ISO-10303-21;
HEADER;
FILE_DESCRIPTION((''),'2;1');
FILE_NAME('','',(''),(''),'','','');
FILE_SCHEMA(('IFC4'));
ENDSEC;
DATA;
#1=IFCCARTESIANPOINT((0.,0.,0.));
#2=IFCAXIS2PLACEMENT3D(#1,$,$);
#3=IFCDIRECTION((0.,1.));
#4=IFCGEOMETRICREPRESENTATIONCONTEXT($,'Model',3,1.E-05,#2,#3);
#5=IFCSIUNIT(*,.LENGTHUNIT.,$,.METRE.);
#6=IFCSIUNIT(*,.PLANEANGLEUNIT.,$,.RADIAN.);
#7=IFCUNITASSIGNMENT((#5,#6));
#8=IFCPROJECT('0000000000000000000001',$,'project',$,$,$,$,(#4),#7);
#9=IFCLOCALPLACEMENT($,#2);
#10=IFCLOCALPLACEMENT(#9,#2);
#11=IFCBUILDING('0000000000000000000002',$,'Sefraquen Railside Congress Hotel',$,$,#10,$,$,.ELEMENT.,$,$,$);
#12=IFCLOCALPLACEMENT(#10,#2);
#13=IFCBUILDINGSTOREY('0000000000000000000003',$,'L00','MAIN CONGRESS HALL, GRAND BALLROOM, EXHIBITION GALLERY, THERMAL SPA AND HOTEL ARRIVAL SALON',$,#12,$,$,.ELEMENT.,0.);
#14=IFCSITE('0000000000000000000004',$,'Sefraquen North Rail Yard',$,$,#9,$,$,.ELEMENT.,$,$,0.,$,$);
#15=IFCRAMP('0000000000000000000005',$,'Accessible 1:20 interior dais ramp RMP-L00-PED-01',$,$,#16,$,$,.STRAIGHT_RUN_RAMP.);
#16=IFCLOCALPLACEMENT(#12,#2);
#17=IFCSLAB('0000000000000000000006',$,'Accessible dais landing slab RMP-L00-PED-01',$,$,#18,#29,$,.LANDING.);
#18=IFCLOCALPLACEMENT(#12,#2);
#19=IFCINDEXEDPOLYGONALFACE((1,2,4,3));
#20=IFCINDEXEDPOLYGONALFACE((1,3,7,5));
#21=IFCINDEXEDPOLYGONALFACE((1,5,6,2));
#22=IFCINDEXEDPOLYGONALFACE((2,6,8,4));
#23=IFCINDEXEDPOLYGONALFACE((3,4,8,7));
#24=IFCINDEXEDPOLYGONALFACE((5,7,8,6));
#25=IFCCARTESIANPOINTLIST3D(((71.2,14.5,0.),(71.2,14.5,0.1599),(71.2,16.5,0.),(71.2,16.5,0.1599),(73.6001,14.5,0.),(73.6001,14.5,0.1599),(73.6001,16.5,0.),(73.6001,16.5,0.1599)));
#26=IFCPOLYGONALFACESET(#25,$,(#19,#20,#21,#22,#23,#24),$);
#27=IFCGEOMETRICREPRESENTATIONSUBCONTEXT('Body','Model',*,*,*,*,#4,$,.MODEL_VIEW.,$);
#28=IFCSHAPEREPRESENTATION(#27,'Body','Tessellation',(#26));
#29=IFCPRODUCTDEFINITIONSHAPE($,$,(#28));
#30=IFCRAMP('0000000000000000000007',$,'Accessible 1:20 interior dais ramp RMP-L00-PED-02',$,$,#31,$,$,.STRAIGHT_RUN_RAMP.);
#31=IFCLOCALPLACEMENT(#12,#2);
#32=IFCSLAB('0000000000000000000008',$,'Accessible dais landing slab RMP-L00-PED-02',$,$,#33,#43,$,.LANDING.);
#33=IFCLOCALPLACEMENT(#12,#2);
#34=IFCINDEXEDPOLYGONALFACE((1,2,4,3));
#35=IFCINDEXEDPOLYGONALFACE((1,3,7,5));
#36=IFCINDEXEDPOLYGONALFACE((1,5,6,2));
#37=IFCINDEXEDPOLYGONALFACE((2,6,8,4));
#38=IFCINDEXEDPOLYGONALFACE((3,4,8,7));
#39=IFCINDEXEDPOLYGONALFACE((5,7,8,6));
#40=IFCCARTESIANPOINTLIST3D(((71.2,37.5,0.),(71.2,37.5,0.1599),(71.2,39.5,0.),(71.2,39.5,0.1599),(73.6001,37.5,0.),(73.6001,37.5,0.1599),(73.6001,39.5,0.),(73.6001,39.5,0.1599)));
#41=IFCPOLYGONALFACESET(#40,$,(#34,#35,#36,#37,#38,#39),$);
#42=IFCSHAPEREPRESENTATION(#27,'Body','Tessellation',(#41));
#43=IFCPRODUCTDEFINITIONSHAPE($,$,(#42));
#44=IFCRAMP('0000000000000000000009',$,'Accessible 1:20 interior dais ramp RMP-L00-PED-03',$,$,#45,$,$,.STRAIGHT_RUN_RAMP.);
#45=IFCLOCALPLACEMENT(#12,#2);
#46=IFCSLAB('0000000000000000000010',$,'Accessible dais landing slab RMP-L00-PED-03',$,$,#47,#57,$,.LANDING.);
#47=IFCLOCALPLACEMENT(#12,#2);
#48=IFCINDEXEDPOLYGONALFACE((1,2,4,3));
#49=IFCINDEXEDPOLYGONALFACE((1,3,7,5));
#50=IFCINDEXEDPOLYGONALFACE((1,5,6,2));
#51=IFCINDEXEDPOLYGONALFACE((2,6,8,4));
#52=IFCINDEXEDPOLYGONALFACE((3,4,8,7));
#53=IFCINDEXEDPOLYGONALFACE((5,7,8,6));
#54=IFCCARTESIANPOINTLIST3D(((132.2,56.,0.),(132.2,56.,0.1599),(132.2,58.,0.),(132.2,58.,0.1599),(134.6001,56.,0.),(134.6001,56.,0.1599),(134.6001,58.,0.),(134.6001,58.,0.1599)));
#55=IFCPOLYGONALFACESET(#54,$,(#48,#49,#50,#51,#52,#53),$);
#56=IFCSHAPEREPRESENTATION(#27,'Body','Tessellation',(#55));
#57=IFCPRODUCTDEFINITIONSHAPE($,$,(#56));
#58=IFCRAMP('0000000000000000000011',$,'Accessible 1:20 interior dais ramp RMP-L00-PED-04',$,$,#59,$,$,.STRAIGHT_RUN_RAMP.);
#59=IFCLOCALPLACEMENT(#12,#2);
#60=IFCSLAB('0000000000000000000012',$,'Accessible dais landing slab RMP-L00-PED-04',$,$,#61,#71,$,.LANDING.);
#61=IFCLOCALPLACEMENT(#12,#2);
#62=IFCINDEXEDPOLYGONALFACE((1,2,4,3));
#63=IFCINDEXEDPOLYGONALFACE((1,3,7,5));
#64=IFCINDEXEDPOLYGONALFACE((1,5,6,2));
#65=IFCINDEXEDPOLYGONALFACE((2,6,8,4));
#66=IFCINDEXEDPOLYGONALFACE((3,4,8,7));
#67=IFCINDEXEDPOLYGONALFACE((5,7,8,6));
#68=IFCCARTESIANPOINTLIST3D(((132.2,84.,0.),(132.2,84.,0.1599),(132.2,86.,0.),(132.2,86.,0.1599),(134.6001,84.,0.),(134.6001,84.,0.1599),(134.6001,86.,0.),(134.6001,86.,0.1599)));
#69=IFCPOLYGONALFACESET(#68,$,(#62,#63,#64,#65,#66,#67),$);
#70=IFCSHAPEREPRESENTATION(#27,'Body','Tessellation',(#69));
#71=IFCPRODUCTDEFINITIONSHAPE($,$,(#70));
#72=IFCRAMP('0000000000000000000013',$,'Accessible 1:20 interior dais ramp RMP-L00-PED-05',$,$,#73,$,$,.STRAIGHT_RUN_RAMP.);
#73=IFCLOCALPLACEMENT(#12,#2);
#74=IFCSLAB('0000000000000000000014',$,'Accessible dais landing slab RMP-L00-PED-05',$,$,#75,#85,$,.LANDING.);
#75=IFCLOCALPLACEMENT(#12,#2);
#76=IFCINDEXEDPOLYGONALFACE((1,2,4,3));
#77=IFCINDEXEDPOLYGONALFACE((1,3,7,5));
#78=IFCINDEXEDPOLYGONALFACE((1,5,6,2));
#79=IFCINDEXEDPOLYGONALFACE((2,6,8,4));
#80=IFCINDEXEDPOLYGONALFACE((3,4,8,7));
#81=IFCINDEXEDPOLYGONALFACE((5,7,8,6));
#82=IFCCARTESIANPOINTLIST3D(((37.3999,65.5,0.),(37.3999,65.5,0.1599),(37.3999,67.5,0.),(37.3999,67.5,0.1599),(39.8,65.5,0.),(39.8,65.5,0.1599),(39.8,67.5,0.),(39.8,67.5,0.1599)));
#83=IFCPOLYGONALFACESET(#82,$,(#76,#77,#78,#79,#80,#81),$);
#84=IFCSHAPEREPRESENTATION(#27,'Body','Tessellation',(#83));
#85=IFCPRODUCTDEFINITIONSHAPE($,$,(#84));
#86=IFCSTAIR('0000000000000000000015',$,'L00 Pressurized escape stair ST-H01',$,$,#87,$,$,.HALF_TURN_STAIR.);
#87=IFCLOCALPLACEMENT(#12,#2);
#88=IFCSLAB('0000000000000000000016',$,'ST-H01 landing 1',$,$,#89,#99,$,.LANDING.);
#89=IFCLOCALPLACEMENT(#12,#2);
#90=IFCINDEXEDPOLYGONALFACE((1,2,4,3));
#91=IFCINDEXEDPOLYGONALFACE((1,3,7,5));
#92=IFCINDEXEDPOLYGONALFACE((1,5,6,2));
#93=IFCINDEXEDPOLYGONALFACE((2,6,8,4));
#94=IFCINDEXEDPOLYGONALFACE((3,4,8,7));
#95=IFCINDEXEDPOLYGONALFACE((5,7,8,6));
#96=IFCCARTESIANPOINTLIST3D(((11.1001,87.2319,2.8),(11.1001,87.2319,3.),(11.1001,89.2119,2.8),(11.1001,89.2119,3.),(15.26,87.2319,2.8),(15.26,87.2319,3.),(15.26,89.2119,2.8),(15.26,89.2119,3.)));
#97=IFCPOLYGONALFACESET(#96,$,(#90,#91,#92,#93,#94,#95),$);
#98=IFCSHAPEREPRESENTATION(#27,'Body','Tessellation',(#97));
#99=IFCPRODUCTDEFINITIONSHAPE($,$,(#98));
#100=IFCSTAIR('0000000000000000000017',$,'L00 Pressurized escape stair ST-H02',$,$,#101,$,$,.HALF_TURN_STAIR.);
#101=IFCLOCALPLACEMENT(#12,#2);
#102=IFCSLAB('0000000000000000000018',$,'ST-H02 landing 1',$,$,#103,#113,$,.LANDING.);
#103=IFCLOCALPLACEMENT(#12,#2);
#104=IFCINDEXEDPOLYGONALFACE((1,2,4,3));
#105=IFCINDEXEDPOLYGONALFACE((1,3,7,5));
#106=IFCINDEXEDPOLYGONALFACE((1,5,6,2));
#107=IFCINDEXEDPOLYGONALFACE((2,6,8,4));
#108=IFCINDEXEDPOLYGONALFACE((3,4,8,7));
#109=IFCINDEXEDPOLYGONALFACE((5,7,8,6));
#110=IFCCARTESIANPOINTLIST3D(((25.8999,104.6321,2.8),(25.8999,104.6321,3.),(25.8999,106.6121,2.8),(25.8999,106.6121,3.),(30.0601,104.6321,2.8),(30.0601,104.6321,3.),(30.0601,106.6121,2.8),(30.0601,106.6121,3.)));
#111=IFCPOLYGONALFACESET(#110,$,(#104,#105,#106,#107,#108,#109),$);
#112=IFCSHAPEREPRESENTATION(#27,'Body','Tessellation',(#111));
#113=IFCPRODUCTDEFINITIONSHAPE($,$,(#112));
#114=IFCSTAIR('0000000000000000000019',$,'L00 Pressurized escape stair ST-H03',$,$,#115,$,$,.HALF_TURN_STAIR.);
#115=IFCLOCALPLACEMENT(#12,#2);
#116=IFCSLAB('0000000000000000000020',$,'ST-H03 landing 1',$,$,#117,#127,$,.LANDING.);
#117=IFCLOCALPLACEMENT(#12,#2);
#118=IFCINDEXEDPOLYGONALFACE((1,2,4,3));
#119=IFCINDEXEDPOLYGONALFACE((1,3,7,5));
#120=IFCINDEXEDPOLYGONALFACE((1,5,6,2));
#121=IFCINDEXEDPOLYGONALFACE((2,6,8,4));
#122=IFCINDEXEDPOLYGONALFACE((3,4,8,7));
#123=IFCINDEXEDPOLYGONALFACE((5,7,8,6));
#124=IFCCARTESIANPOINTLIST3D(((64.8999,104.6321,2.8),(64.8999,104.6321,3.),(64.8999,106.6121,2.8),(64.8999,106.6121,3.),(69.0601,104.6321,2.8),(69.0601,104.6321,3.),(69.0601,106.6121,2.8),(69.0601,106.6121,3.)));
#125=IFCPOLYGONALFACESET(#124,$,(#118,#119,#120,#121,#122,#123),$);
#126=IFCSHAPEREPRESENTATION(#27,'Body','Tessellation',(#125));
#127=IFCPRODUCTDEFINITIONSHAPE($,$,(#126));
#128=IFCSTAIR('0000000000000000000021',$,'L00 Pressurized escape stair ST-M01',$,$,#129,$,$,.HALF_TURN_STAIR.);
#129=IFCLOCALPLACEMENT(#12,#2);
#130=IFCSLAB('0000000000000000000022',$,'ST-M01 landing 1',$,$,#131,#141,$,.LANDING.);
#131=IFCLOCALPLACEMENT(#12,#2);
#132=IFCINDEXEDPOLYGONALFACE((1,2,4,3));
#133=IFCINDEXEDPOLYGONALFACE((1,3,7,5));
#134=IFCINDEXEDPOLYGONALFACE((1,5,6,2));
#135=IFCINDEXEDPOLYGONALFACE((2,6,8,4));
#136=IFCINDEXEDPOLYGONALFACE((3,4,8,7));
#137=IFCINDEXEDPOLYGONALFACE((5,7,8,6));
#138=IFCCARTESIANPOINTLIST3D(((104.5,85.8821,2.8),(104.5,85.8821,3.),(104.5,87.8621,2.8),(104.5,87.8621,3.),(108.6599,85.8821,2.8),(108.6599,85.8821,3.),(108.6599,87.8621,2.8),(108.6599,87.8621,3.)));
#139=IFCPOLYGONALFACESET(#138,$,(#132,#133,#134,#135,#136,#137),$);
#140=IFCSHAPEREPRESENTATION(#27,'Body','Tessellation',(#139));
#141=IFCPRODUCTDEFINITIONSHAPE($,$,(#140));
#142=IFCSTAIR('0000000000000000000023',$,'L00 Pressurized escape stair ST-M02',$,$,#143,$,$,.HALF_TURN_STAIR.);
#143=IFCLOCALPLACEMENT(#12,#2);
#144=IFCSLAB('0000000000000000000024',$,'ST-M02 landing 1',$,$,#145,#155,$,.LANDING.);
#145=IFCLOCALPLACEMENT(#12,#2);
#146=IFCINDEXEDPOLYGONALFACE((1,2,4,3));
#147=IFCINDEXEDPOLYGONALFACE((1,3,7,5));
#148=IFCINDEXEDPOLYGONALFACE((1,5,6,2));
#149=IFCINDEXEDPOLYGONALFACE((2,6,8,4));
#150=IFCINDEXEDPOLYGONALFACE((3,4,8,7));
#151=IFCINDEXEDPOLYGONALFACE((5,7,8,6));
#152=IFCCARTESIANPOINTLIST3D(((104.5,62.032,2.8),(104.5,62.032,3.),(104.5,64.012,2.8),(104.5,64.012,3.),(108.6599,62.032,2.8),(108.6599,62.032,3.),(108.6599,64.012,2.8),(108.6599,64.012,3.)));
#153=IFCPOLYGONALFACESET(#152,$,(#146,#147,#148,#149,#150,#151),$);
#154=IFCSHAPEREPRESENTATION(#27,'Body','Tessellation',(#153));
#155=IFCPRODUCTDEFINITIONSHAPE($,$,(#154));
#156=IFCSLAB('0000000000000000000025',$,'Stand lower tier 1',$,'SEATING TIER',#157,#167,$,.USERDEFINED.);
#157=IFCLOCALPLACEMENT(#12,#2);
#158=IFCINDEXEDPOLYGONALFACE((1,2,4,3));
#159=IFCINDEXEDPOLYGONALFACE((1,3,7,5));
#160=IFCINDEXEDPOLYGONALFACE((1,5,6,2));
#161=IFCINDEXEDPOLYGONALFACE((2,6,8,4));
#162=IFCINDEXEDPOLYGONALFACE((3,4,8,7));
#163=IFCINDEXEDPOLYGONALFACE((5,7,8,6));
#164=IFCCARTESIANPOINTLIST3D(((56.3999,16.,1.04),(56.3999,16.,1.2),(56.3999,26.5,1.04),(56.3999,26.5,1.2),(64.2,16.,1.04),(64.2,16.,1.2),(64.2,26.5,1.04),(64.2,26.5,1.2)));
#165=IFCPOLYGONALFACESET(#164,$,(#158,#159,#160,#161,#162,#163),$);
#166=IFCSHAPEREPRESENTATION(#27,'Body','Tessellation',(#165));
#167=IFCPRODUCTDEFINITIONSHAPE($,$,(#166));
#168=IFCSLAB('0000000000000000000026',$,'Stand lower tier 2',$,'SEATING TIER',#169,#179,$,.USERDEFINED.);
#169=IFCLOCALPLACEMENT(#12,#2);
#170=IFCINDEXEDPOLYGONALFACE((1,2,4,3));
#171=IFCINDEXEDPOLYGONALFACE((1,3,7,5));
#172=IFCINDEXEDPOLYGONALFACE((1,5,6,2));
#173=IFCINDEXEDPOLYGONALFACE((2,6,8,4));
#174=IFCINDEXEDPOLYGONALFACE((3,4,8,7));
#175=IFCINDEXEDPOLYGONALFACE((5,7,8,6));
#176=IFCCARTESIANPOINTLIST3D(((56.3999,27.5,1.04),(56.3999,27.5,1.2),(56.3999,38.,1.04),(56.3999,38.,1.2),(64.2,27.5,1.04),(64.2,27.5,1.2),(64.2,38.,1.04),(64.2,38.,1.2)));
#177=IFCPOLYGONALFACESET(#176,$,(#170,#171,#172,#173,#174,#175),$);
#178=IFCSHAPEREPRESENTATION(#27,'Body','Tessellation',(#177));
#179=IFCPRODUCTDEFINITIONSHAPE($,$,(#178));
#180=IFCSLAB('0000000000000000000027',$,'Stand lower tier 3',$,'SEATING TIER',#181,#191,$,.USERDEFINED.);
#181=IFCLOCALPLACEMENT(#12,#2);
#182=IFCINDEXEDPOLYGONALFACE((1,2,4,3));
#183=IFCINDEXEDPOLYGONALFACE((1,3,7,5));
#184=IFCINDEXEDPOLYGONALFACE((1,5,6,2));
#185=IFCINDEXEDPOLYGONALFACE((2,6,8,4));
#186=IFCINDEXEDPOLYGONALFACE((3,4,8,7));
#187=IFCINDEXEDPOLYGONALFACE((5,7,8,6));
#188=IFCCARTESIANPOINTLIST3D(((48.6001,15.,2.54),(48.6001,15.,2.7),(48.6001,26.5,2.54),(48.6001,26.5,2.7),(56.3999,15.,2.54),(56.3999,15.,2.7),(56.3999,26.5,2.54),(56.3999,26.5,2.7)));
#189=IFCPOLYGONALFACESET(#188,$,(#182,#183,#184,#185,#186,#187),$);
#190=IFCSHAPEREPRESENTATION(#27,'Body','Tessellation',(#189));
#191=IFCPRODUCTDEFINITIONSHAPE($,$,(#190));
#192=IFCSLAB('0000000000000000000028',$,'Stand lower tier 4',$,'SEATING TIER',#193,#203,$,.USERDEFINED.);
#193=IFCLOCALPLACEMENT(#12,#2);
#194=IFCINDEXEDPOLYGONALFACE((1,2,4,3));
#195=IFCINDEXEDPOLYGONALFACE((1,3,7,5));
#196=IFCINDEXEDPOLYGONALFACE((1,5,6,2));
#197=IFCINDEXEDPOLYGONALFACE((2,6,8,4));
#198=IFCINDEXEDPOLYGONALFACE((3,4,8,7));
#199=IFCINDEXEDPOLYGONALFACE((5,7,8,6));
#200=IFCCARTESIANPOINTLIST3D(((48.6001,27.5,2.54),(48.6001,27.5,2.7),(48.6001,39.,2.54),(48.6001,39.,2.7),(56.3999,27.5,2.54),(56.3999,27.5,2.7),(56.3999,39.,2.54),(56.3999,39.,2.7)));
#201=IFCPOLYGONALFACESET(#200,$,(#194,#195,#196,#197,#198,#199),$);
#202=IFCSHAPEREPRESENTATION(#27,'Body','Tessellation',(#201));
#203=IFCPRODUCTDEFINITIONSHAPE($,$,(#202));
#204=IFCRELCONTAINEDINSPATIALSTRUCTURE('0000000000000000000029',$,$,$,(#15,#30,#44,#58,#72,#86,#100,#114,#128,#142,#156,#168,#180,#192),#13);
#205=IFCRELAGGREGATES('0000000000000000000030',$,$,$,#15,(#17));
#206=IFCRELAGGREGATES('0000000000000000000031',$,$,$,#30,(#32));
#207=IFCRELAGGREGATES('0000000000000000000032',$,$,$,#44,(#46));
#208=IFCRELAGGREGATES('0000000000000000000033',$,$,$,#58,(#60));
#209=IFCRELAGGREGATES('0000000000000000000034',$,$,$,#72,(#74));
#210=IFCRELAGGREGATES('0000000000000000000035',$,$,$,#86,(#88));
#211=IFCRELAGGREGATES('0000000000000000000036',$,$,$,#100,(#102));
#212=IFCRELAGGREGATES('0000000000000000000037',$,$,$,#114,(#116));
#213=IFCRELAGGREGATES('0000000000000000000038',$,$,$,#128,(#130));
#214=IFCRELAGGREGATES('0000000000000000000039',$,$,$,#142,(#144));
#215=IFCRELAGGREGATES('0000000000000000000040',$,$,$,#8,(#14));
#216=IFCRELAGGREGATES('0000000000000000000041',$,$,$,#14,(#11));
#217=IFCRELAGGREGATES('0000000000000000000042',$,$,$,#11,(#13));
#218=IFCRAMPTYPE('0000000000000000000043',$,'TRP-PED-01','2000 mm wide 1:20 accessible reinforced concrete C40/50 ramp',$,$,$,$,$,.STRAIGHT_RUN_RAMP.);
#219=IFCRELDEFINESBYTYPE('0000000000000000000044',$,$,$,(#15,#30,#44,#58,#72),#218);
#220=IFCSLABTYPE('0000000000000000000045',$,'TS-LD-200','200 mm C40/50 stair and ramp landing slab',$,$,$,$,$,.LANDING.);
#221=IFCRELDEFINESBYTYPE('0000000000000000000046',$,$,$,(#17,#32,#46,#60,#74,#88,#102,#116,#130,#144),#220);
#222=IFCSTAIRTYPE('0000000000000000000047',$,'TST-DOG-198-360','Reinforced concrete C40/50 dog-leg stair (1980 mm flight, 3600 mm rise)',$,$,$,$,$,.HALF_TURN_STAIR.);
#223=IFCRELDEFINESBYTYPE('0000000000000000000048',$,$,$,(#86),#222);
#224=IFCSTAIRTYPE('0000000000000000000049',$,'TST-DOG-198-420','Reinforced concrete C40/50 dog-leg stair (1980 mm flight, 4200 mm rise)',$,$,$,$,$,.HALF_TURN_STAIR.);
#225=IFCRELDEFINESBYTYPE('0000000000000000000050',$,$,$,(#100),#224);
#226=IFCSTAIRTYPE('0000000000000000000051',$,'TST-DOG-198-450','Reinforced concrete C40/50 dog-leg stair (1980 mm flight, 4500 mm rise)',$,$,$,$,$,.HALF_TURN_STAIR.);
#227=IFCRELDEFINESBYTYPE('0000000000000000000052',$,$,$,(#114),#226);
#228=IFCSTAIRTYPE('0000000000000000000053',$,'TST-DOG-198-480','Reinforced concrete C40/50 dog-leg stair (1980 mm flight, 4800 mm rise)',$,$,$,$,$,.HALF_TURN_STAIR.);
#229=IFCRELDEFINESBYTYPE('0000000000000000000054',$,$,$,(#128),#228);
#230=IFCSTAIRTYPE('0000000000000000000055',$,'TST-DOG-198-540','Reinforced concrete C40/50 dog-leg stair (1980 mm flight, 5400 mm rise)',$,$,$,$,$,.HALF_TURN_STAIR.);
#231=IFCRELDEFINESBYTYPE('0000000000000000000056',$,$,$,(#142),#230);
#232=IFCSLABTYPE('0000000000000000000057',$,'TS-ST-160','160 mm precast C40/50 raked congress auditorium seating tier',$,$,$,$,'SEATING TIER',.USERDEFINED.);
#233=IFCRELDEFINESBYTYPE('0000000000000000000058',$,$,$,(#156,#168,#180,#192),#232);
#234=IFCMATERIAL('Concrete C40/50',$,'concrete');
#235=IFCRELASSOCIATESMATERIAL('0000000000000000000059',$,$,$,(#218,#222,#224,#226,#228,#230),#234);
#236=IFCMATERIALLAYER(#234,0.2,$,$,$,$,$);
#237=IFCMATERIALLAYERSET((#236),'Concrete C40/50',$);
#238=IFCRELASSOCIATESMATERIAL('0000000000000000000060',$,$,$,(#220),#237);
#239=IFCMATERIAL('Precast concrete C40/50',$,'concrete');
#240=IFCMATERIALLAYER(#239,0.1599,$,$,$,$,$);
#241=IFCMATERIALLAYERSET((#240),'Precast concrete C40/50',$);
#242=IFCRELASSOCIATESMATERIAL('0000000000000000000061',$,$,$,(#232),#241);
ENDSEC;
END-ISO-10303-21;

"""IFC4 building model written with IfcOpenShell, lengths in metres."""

from ifc_helpers import new_model, si_unit, direction, frame, origin, place, context, subcontext, project, spatial, polyline, outline, extrude, material, layer, layer_set, type_object, element, aggregate, save


model = new_model("IFC4")

# Units and contexts
model_context = context("Model", 3, precision=1e-05, world=origin(), true_north=direction((0.0, 1.0)))
body_context = subcontext(model_context, "Body", "Model", "MODEL_VIEW")
ifc_project = project(units=[si_unit("LENGTHUNIT", "METRE"), si_unit("PLANEANGLEUNIT", "RADIAN")], contexts=[model_context])

# Site, building, storey
site_placement = place(None, origin())
site = spatial("IfcSite", under=ifc_project, at=site_placement, Name="Sefraquen North Rail Yard", CompositionType="ELEMENT", RefElevation=0.0)
building_placement = place(site_placement, origin())
building = spatial("IfcBuilding", under=site, at=building_placement, Name="Sefraquen Railside Congress Hotel", CompositionType="ELEMENT")
storey_placement = place(building_placement, origin())
storey = spatial("IfcBuildingStorey", under=building, at=storey_placement, Name="L00", Description="MAIN CONGRESS HALL, GRAND BALLROOM, EXHIBITION GALLERY, THERMAL SPA AND HOTEL ARRIVAL SALON", CompositionType="ELEMENT", Elevation=0.0)

# Shared definitions
ifc_material_1 = material(Name="Concrete C40/50", Category="concrete")

# Ramps, slabs
ramp_type = type_object("IfcRampType", Name="TRP-PED-01", Description="2000 mm wide 1:20 accessible reinforced concrete C40/50 ramp", PredefinedType="STRAIGHT_RUN_RAMP", material=ifc_material_1)
ramp_1_placement = place(storey_placement, origin())
ramp_1 = element("IfcRamp", 1, at=ramp_1_placement, inside=storey, type_object=ramp_type, Name="Accessible 1:20 interior dais ramp RMP-L00-PED-01", PredefinedType="STRAIGHT_RUN_RAMP")
ifc_layer_1 = layer(ifc_material_1, 0.2)
ifc_layer_set_1 = layer_set([ifc_layer_1], Name="Concrete C40/50")
slab_type_1 = type_object("IfcSlabType", Name="TS-LD-200", Description="200 mm C40/50 stair and ramp landing slab", PredefinedType="LANDING", material=ifc_layer_set_1)
slab_1_placement = place(storey_placement, origin())
slab_1 = element("IfcSlab", 2, at=slab_1_placement, type_object=slab_type_1, Name="Accessible dais landing slab RMP-L00-PED-01", PredefinedType="LANDING", context=body_context, shape_type="SweptSolid", body=[
    extrude(outline(polyline([(71.2, 14.5), (73.6001, 14.5), (73.6001, 16.5), (71.2, 16.5), (71.2, 14.5)])), origin(), (0.0, 0.0, 1.0), 0.1599),
])
aggregate(ramp_1, [slab_1])
ramp_2_placement = place(storey_placement, origin())
ramp_2 = element("IfcRamp", 3, at=ramp_2_placement, inside=storey, type_object=ramp_type, Name="Accessible 1:20 interior dais ramp RMP-L00-PED-02", PredefinedType="STRAIGHT_RUN_RAMP")
slab_2_placement = place(storey_placement, origin())
slab_2 = element("IfcSlab", 4, at=slab_2_placement, type_object=slab_type_1, Name="Accessible dais landing slab RMP-L00-PED-02", PredefinedType="LANDING", context=body_context, shape_type="SweptSolid", body=[
    extrude(outline(polyline([(71.2, 37.5), (73.6001, 37.5), (73.6001, 39.5), (71.2, 39.5), (71.2, 37.5)])), origin(), (0.0, 0.0, 1.0), 0.1599),
])
aggregate(ramp_2, [slab_2])
ramp_3_placement = place(storey_placement, origin())
ramp_3 = element("IfcRamp", 5, at=ramp_3_placement, inside=storey, type_object=ramp_type, Name="Accessible 1:20 interior dais ramp RMP-L00-PED-03", PredefinedType="STRAIGHT_RUN_RAMP")
slab_3_placement = place(storey_placement, origin())
slab_3 = element("IfcSlab", 6, at=slab_3_placement, type_object=slab_type_1, Name="Accessible dais landing slab RMP-L00-PED-03", PredefinedType="LANDING", context=body_context, shape_type="SweptSolid", body=[
    extrude(outline(polyline([(132.2, 56.0), (134.6001, 56.0), (134.6001, 58.0), (132.2, 58.0), (132.2, 56.0)])), origin(), (0.0, 0.0, 1.0), 0.1599),
])
aggregate(ramp_3, [slab_3])
ramp_4_placement = place(storey_placement, origin())
ramp_4 = element("IfcRamp", 7, at=ramp_4_placement, inside=storey, type_object=ramp_type, Name="Accessible 1:20 interior dais ramp RMP-L00-PED-04", PredefinedType="STRAIGHT_RUN_RAMP")
slab_4_placement = place(storey_placement, origin())
slab_4 = element("IfcSlab", 8, at=slab_4_placement, type_object=slab_type_1, Name="Accessible dais landing slab RMP-L00-PED-04", PredefinedType="LANDING", context=body_context, shape_type="SweptSolid", body=[
    extrude(outline(polyline([(132.2, 84.0), (134.6001, 84.0), (134.6001, 86.0), (132.2, 86.0), (132.2, 84.0)])), origin(), (0.0, 0.0, 1.0), 0.1599),
])
aggregate(ramp_4, [slab_4])
ramp_5_placement = place(storey_placement, origin())
ramp_5 = element("IfcRamp", 9, at=ramp_5_placement, inside=storey, type_object=ramp_type, Name="Accessible 1:20 interior dais ramp RMP-L00-PED-05", PredefinedType="STRAIGHT_RUN_RAMP")
slab_5_placement = place(storey_placement, origin())
slab_5 = element("IfcSlab", 10, at=slab_5_placement, type_object=slab_type_1, Name="Accessible dais landing slab RMP-L00-PED-05", PredefinedType="LANDING", context=body_context, shape_type="SweptSolid", body=[
    extrude(outline(polyline([(37.3999, 65.5), (39.8, 65.5), (39.8, 67.5), (37.3999, 67.5), (37.3999, 65.5)])), origin(), (0.0, 0.0, 1.0), 0.1599),
])
aggregate(ramp_5, [slab_5])

# Stairs, slabs
stair_type_1 = type_object("IfcStairType", Name="TST-DOG-198-360", Description="Reinforced concrete C40/50 dog-leg stair (1980 mm flight, 3600 mm rise)", PredefinedType="HALF_TURN_STAIR", material=ifc_material_1)
stair_1_placement = place(storey_placement, origin())
stair_1 = element("IfcStair", 11, at=stair_1_placement, inside=storey, type_object=stair_type_1, Name="L00 Pressurized escape stair ST-H01", PredefinedType="HALF_TURN_STAIR")
slab_6_placement = place(storey_placement, frame((0.0, 0.0, 2.8)))
slab_6 = element("IfcSlab", 12, at=slab_6_placement, type_object=slab_type_1, Name="ST-H01 landing 1", PredefinedType="LANDING", context=body_context, shape_type="SweptSolid", body=[
    extrude(outline(polyline([(15.26, 87.2319), (15.26, 89.2119), (11.1001, 89.2119), (11.1001, 87.2319), (15.26, 87.2319)])), origin(), (0.0, 0.0, 1.0), 0.2),
])
aggregate(stair_1, [slab_6])
stair_type_2 = type_object("IfcStairType", Name="TST-DOG-198-420", Description="Reinforced concrete C40/50 dog-leg stair (1980 mm flight, 4200 mm rise)", PredefinedType="HALF_TURN_STAIR", material=ifc_material_1)
stair_2_placement = place(storey_placement, origin())
stair_2 = element("IfcStair", 13, at=stair_2_placement, inside=storey, type_object=stair_type_2, Name="L00 Pressurized escape stair ST-H02", PredefinedType="HALF_TURN_STAIR")
slab_7_placement = place(storey_placement, frame((0.0, 0.0, 2.8)))
slab_7 = element("IfcSlab", 14, at=slab_7_placement, type_object=slab_type_1, Name="ST-H02 landing 1", PredefinedType="LANDING", context=body_context, shape_type="SweptSolid", body=[
    extrude(outline(polyline([(30.0601, 104.6321), (30.0601, 106.6121), (25.8999, 106.6121), (25.8999, 104.6321), (30.0601, 104.6321)])), origin(), (0.0, 0.0, 1.0), 0.2),
])
aggregate(stair_2, [slab_7])
stair_type_3 = type_object("IfcStairType", Name="TST-DOG-198-450", Description="Reinforced concrete C40/50 dog-leg stair (1980 mm flight, 4500 mm rise)", PredefinedType="HALF_TURN_STAIR", material=ifc_material_1)
stair_3_placement = place(storey_placement, origin())
stair_3 = element("IfcStair", 15, at=stair_3_placement, inside=storey, type_object=stair_type_3, Name="L00 Pressurized escape stair ST-H03", PredefinedType="HALF_TURN_STAIR")
slab_8_placement = place(storey_placement, frame((0.0, 0.0, 2.8)))
slab_8 = element("IfcSlab", 16, at=slab_8_placement, type_object=slab_type_1, Name="ST-H03 landing 1", PredefinedType="LANDING", context=body_context, shape_type="SweptSolid", body=[
    extrude(outline(polyline([(69.0601, 104.6321), (69.0601, 106.6121), (64.8999, 106.6121), (64.8999, 104.6321), (69.0601, 104.6321)])), origin(), (0.0, 0.0, 1.0), 0.2),
])
aggregate(stair_3, [slab_8])
stair_type_4 = type_object("IfcStairType", Name="TST-DOG-198-480", Description="Reinforced concrete C40/50 dog-leg stair (1980 mm flight, 4800 mm rise)", PredefinedType="HALF_TURN_STAIR", material=ifc_material_1)
stair_4_placement = place(storey_placement, origin())
stair_4 = element("IfcStair", 17, at=stair_4_placement, inside=storey, type_object=stair_type_4, Name="L00 Pressurized escape stair ST-M01", PredefinedType="HALF_TURN_STAIR")
slab_9_placement = place(storey_placement, frame((0.0, 0.0, 2.8)))
slab_9 = element("IfcSlab", 18, at=slab_9_placement, type_object=slab_type_1, Name="ST-M01 landing 1", PredefinedType="LANDING", context=body_context, shape_type="SweptSolid", body=[
    extrude(outline(polyline([(108.6599, 85.8821), (108.6599, 87.8621), (104.5, 87.8621), (104.5, 85.8821), (108.6599, 85.8821)])), origin(), (0.0, 0.0, 1.0), 0.2),
])
aggregate(stair_4, [slab_9])
stair_type_5 = type_object("IfcStairType", Name="TST-DOG-198-540", Description="Reinforced concrete C40/50 dog-leg stair (1980 mm flight, 5400 mm rise)", PredefinedType="HALF_TURN_STAIR", material=ifc_material_1)
stair_5_placement = place(storey_placement, origin())
stair_5 = element("IfcStair", 19, at=stair_5_placement, inside=storey, type_object=stair_type_5, Name="L00 Pressurized escape stair ST-M02", PredefinedType="HALF_TURN_STAIR")
slab_10_placement = place(storey_placement, frame((0.0, 0.0, 2.8)))
slab_10 = element("IfcSlab", 20, at=slab_10_placement, type_object=slab_type_1, Name="ST-M02 landing 1", PredefinedType="LANDING", context=body_context, shape_type="SweptSolid", body=[
    extrude(outline(polyline([(108.6599, 62.032), (108.6599, 64.012), (104.5, 64.012), (104.5, 62.032), (108.6599, 62.032)])), origin(), (0.0, 0.0, 1.0), 0.2),
])
aggregate(stair_5, [slab_10])

# Slabs
ifc_material_2 = material(Name="Precast concrete C40/50", Category="concrete")
ifc_layer_2 = layer(ifc_material_2, 0.1599)
ifc_layer_set_2 = layer_set([ifc_layer_2], Name="Precast concrete C40/50")
slab_type_2 = type_object("IfcSlabType", Name="TS-ST-160", Description="160 mm precast C40/50 raked congress auditorium seating tier", ElementType="SEATING TIER", PredefinedType="USERDEFINED", material=ifc_layer_set_2)
slab_11_placement = place(storey_placement, frame((0.0, 0.0, 1.04)))
element("IfcSlab", 21, at=slab_11_placement, inside=storey, type_object=slab_type_2, Name="Stand lower tier 1", ObjectType="SEATING TIER", PredefinedType="USERDEFINED", context=body_context, shape_type="SweptSolid", body=[
    extrude(outline(polyline([(56.3999, 16.0), (64.2, 16.0), (64.2, 26.5), (56.3999, 26.5), (56.3999, 16.0)])), origin(), (0.0, 0.0, 1.0), 0.1599),
])
slab_12_placement = place(storey_placement, frame((0.0, 0.0, 1.04)))
element("IfcSlab", 22, at=slab_12_placement, inside=storey, type_object=slab_type_2, Name="Stand lower tier 2", ObjectType="SEATING TIER", PredefinedType="USERDEFINED", context=body_context, shape_type="SweptSolid", body=[
    extrude(outline(polyline([(56.3999, 27.5), (64.2, 27.5), (64.2, 38.0), (56.3999, 38.0), (56.3999, 27.5)])), origin(), (0.0, 0.0, 1.0), 0.1599),
])
slab_13_placement = place(storey_placement, frame((0.0, 0.0, 2.54)))
element("IfcSlab", 23, at=slab_13_placement, inside=storey, type_object=slab_type_2, Name="Stand lower tier 3", ObjectType="SEATING TIER", PredefinedType="USERDEFINED", context=body_context, shape_type="SweptSolid", body=[
    extrude(outline(polyline([(48.6001, 15.0), (56.3999, 15.0), (56.3999, 26.5), (48.6001, 26.5), (48.6001, 15.0)])), origin(), (0.0, 0.0, 1.0), 0.1599),
])
slab_14_placement = place(storey_placement, frame((0.0, 0.0, 2.54)))
element("IfcSlab", 24, at=slab_14_placement, inside=storey, type_object=slab_type_2, Name="Stand lower tier 4", ObjectType="SEATING TIER", PredefinedType="USERDEFINED", context=body_context, shape_type="SweptSolid", body=[
    extrude(outline(polyline([(48.6001, 27.5), (56.3999, 27.5), (56.3999, 39.0), (48.6001, 39.0), (48.6001, 27.5)])), origin(), (0.0, 0.0, 1.0), 0.1599),
])

save(model, "model.ifc")
